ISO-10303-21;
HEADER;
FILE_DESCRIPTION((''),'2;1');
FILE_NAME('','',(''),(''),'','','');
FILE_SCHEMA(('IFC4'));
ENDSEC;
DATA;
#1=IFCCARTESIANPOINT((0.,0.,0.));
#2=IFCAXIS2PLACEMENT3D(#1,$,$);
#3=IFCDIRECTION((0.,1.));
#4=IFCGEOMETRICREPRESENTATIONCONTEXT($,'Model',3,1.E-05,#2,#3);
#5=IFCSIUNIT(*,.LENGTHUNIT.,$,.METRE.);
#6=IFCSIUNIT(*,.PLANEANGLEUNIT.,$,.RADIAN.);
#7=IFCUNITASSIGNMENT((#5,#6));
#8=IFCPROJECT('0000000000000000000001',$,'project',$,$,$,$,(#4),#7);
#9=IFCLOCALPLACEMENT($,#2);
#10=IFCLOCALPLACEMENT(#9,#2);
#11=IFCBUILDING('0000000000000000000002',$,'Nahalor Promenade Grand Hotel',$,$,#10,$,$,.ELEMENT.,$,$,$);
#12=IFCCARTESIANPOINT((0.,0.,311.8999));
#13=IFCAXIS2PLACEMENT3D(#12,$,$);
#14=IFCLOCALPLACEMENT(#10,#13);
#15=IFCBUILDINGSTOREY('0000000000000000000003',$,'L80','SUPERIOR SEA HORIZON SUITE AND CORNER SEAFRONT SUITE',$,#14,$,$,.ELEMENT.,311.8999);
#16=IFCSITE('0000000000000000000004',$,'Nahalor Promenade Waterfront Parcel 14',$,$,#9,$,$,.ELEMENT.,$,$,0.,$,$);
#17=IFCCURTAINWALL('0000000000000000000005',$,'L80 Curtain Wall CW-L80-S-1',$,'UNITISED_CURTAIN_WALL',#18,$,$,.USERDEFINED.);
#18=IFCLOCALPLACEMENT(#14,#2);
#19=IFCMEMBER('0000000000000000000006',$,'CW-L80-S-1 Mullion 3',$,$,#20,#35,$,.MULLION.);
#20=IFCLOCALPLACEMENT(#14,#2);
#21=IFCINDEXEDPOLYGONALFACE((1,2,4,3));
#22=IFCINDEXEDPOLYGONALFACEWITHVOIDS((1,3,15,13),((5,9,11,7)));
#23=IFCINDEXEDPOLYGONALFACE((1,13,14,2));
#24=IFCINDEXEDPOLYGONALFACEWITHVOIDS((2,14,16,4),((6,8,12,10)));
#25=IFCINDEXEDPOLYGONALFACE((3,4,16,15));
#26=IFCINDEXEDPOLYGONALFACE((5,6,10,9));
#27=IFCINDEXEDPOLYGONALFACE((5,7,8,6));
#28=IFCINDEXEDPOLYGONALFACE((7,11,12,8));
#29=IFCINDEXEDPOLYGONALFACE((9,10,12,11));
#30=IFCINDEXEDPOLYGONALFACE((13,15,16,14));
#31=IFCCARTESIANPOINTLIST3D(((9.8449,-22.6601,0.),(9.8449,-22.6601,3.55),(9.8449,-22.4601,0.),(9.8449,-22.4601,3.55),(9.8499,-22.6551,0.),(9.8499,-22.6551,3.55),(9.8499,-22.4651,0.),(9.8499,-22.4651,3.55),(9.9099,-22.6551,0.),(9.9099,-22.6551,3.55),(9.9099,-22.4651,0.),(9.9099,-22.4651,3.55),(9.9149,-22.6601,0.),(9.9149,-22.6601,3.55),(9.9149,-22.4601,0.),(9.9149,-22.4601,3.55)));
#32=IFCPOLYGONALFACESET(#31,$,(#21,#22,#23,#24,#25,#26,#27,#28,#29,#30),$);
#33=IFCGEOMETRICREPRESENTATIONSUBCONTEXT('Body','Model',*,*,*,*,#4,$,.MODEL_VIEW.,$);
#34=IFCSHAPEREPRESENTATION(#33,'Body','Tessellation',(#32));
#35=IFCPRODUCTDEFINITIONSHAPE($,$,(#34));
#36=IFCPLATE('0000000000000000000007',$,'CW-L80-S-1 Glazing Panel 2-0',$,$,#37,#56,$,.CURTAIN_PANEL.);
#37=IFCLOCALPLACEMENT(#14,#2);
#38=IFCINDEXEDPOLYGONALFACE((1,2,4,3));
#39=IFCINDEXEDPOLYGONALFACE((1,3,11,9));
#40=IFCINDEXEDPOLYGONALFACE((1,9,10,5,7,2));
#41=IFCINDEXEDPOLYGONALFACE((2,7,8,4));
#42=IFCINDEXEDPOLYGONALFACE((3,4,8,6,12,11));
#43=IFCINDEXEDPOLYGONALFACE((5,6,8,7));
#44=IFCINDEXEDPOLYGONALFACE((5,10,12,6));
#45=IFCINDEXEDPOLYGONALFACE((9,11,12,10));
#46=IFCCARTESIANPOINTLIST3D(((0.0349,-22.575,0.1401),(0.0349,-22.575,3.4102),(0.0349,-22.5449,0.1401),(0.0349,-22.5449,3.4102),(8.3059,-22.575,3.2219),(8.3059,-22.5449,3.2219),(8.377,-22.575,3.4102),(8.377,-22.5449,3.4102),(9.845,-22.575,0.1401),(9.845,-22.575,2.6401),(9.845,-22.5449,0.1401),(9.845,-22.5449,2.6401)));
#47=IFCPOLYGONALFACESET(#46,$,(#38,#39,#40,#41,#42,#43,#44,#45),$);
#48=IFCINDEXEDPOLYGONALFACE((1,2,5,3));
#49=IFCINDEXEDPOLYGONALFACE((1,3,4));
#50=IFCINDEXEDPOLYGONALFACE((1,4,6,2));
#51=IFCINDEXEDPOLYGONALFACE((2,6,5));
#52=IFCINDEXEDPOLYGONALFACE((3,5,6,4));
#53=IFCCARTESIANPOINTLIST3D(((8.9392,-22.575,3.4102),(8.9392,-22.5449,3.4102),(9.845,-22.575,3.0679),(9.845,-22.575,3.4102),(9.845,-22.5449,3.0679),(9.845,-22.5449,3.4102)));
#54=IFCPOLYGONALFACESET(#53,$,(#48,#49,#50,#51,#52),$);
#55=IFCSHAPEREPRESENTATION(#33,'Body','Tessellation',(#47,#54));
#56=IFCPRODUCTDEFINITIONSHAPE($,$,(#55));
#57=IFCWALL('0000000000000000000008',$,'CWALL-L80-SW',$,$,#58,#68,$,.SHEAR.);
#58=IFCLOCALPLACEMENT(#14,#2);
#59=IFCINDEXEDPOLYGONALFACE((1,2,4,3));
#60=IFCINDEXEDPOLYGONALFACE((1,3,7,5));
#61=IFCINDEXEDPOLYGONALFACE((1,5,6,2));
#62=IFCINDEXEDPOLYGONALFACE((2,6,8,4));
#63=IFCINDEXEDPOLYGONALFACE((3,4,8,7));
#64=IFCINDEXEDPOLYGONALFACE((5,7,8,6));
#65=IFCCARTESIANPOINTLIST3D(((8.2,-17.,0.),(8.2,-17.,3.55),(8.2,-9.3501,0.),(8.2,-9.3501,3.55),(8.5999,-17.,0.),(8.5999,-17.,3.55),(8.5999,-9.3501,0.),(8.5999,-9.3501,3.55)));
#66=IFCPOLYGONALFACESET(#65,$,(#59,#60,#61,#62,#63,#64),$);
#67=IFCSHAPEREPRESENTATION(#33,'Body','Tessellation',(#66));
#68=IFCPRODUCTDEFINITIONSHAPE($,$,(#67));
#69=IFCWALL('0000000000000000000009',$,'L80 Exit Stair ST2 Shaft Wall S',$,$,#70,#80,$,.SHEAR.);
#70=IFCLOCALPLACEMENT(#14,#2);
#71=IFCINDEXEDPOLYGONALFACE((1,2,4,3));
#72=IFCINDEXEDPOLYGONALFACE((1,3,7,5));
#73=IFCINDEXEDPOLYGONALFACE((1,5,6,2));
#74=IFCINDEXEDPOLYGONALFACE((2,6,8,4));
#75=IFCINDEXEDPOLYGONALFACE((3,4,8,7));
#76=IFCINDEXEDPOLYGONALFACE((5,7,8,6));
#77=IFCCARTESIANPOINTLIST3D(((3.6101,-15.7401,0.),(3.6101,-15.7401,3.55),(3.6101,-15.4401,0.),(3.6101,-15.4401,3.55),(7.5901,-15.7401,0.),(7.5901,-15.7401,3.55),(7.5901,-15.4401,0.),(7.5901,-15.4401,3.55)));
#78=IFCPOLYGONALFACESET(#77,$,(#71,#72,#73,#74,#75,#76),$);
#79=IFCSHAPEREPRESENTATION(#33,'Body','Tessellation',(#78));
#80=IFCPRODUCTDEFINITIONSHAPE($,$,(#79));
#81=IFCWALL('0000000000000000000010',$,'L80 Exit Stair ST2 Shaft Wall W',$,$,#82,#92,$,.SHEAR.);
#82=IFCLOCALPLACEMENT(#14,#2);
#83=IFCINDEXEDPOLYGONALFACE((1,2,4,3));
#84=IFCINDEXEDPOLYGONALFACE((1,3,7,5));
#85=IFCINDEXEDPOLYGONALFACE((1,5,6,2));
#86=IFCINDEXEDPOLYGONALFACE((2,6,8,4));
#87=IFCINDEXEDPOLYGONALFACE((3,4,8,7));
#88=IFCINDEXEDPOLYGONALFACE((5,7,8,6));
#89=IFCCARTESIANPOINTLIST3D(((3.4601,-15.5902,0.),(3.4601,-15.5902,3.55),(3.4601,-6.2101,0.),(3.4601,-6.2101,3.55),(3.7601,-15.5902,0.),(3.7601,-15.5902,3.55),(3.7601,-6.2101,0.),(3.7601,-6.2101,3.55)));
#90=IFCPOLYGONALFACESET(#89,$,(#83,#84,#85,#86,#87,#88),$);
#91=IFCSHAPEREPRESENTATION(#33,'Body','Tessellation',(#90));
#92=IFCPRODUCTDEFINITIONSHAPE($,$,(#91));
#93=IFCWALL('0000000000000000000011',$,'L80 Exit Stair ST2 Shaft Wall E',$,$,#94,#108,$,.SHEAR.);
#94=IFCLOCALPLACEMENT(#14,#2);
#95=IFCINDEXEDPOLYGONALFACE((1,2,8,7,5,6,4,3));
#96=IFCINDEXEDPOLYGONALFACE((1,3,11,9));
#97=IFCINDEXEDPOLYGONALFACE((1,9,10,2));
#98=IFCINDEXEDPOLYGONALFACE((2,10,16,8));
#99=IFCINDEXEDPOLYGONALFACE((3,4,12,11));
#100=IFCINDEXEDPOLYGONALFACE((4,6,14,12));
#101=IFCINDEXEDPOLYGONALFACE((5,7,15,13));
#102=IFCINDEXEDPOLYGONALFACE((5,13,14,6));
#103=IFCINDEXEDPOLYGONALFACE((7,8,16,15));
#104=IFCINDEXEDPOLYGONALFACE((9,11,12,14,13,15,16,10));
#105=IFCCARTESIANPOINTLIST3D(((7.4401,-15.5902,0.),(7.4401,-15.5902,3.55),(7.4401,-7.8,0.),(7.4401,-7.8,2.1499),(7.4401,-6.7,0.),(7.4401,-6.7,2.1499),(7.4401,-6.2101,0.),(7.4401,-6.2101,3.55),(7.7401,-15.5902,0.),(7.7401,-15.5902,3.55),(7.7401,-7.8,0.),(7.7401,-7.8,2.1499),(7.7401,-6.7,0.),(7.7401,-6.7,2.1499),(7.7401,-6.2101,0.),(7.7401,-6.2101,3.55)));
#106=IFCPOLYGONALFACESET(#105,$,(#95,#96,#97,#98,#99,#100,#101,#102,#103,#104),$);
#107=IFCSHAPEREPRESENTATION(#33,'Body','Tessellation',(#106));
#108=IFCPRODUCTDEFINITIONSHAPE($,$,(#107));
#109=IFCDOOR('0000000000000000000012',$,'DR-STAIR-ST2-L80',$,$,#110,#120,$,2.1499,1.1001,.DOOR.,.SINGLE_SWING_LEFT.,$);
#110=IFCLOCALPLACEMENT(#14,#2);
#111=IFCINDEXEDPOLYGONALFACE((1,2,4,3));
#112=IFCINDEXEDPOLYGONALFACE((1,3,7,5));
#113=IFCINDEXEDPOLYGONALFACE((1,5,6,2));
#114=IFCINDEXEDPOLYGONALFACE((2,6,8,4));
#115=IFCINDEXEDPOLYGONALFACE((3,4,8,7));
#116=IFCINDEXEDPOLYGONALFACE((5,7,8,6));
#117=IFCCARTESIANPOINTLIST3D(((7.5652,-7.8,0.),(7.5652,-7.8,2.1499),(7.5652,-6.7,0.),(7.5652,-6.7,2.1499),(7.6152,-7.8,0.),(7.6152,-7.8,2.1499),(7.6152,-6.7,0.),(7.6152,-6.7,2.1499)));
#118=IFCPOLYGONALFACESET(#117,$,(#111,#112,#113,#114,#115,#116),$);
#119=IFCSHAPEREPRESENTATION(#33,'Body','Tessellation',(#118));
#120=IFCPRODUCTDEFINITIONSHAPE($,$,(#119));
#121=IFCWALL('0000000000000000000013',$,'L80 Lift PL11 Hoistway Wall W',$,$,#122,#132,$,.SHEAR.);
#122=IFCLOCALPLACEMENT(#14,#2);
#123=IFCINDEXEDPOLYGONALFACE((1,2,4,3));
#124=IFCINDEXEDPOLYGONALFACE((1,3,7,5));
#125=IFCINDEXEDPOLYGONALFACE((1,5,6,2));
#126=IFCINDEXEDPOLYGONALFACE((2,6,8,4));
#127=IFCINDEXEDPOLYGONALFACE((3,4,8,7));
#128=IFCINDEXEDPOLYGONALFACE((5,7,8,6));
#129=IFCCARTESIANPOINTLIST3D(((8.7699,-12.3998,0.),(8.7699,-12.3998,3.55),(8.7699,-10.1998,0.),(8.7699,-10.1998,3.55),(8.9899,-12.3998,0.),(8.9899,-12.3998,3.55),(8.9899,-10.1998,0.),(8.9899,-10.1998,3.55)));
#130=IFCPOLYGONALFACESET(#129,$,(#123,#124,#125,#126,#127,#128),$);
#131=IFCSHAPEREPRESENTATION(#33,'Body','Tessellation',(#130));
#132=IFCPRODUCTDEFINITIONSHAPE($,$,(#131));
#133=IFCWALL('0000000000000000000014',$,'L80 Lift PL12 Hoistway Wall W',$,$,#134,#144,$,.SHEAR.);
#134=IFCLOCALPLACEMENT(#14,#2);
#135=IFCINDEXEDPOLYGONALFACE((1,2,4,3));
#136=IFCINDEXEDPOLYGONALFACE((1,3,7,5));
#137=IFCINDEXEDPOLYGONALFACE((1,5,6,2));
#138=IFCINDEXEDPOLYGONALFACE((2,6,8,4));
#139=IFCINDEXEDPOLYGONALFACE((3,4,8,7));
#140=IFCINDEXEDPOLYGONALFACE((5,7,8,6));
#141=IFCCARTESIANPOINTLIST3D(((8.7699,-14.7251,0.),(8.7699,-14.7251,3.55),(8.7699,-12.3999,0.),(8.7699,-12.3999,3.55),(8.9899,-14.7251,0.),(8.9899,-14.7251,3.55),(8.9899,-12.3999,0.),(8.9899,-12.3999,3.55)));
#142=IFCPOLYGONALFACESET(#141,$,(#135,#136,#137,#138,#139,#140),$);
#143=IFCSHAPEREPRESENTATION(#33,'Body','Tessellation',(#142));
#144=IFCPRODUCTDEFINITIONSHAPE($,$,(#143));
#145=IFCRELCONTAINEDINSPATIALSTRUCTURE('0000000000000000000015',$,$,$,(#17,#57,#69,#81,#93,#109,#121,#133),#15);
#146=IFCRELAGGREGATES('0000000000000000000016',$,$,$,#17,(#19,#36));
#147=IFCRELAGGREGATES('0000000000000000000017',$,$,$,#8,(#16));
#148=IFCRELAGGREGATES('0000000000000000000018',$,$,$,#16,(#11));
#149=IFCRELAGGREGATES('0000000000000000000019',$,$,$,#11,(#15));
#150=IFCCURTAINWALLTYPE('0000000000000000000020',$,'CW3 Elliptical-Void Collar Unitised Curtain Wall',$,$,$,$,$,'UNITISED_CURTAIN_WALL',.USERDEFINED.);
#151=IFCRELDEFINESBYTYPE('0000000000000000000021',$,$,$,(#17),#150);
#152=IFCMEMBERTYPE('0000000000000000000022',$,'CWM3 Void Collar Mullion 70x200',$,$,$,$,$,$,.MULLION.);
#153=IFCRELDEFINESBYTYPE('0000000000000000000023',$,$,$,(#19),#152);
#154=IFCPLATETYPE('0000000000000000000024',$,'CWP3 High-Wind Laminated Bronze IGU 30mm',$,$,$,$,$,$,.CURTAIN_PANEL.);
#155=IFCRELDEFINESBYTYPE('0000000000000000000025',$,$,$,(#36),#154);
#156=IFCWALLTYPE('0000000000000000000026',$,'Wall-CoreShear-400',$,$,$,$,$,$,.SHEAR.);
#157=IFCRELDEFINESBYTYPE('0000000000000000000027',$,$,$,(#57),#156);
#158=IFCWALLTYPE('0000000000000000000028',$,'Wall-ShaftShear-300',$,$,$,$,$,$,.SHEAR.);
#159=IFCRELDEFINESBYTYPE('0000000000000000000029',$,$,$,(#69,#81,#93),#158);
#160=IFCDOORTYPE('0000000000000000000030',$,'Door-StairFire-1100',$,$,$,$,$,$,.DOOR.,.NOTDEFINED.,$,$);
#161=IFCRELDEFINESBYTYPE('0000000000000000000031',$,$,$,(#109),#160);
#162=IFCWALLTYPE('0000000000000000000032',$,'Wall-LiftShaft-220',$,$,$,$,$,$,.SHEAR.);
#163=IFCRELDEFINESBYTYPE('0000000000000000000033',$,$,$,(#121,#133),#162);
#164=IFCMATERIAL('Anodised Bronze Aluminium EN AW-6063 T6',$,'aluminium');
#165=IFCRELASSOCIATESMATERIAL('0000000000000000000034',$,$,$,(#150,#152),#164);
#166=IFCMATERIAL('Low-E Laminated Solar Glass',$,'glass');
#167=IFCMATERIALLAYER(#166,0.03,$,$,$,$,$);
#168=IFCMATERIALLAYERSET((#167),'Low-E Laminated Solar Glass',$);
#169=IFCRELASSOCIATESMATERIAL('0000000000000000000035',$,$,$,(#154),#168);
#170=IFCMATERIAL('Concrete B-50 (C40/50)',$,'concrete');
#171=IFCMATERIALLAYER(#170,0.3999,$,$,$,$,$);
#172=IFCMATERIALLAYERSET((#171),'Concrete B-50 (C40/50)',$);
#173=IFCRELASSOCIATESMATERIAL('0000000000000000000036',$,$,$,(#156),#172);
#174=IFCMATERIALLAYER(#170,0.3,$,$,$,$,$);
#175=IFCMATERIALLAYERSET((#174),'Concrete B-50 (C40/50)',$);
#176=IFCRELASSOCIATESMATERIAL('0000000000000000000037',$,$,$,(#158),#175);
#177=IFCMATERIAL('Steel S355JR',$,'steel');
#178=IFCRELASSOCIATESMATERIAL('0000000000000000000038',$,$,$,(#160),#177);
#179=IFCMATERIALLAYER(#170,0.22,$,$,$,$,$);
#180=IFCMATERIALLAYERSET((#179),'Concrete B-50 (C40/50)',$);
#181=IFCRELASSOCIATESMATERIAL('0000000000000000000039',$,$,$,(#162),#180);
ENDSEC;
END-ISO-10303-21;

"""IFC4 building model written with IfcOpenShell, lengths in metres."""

from ifc_helpers import new_model, si_unit, direction, frame, frame_2d, origin, origin_2d, place, context, subcontext, project, spatial, polyline, rectangle, hollow_rectangle, outline, extrude, source, transform, mapped, material, layer, layer_set, material_profile, profile_set, type_object, element, fill, aggregate, save


model = new_model("IFC4")

# Units and contexts
model_context = context("Model", 3, precision=1e-05, world=origin(), true_north=direction((0.0, 1.0)))
body_context = subcontext(model_context, "Body", "Model", "MODEL_VIEW")
ifc_project = project(units=[si_unit("LENGTHUNIT", "METRE"), si_unit("PLANEANGLEUNIT", "RADIAN")], contexts=[model_context])

# Site, building, storey
site_placement = place(None, origin())
site = spatial("IfcSite", under=ifc_project, at=site_placement, Name="Nahalor Promenade Waterfront Parcel 14", CompositionType="ELEMENT", RefElevation=0.0)
building_placement = place(site_placement, origin())
building = spatial("IfcBuilding", under=site, at=building_placement, Name="Nahalor Promenade Grand Hotel", CompositionType="ELEMENT")
storey_placement = place(building_placement, frame((0.0, 0.0, 311.8999)))
storey = spatial("IfcBuildingStorey", under=building, at=storey_placement, Name="L80", Description="SUPERIOR SEA HORIZON SUITE AND CORNER SEAFRONT SUITE", CompositionType="ELEMENT", Elevation=311.8999)

# Shared definitions
ifc_material_1 = material(Name="Concrete B-50 (C40/50)", Category="concrete")
ifc_material_2 = material(Name="Steel S355JR", Category="steel")

# Curtain wall, member, plate
ifc_material_3 = material(Name="Anodised Bronze Aluminium EN AW-6063 T6", Category="aluminium")
curtain_wall_type = type_object("IfcCurtainWallType", Name="CW3 Elliptical-Void Collar Unitised Curtain Wall", ElementType="UNITISED_CURTAIN_WALL", PredefinedType="USERDEFINED", material=ifc_material_3)
curtain_wall_placement = place(storey_placement, origin())
curtain_wall = element("IfcCurtainWall", 1, at=curtain_wall_placement, inside=storey, type_object=curtain_wall_type, Name="L80 Curtain Wall CW-L80-S-1", ObjectType="UNITISED_CURTAIN_WALL", PredefinedType="USERDEFINED")
ifc_material_profile_1 = material_profile(ifc_material_3, hollow_rectangle(XDim=0.07, YDim=0.2, WallThickness=0.005, at=origin_2d()), Name="CWM 70x200x5")
ifc_profile_set_1 = profile_set([ifc_material_profile_1], Name="Anodised Bronze Aluminium EN AW-6063 T6")
member_type_1 = type_object("IfcMemberType", Name="CWM3 Void Collar Mullion 70x200", PredefinedType="MULLION", material=ifc_profile_set_1)
shared_shape_1 = source(origin(), body_context, "Body", "SweptSolid", [
    extrude(hollow_rectangle(XDim=0.07, YDim=0.2, WallThickness=0.005, at=origin_2d()), origin(), (0.0, 0.0, 1.0), 3.55),
])
member_1_placement = place(storey_placement, frame((9.8799, -22.5601, 0.0), z_axis=(0.0, 0.0, 1.0), x_axis=(1.0, 0.0, 0.0)))
member_1 = element("IfcMember", 2, at=member_1_placement, type_object=member_type_1, Name="CW-L80-S-1 Mullion 3", PredefinedType="MULLION", context=body_context, shape_type="MappedRepresentation", body=[
    mapped(shared_shape_1, transform((0.0, 0.0, 0.0), scale=1.0)),
])
ifc_material_4 = material(Name="Low-E Laminated Solar Glass", Category="glass")
ifc_layer_1 = layer(ifc_material_4, 0.03)
ifc_layer_set_1 = layer_set([ifc_layer_1], Name="Low-E Laminated Solar Glass")
plate_type = type_object("IfcPlateType", Name="CWP3 High-Wind Laminated Bronze IGU 30mm", PredefinedType="CURTAIN_PANEL", material=ifc_layer_set_1)
plate_placement = place(storey_placement, frame((4.9399, -22.5601, 0.1401), z_axis=(0.0, 0.0, 1.0), x_axis=(1.0, 0.0, 0.0)))
plate = element("IfcPlate", 3, at=plate_placement, type_object=plate_type, Name="CW-L80-S-1 Glazing Panel 2-0", PredefinedType="CURTAIN_PANEL", context=body_context, shape_type="SweptSolid", body=[
    extrude(outline(polyline([(-4.905, 0.0), (4.905, 0.0), (4.905, 2.5), (3.366, 3.0818), (3.437, 3.27), (-4.905, 3.27), (-4.905, 0.0)])), frame((0.0, 0.0151, 0.0), z_axis=(0.0, -1.0, 0.0), x_axis=(1.0, 0.0, 0.0)), (0.0, 0.0, 1.0), 0.03),
    extrude(outline(polyline([(4.905, 2.9277), (4.905, 3.27), (3.9993, 3.27), (4.905, 2.9277)])), frame((0.0, 0.0151, 0.0), z_axis=(0.0, -1.0, 0.0), x_axis=(1.0, 0.0, 0.0)), (0.0, 0.0, 1.0), 0.03),
])
aggregate(curtain_wall, [member_1, plate])

# Walls
ifc_layer_2 = layer(ifc_material_1, 0.3999)
ifc_layer_set_2 = layer_set([ifc_layer_2], Name="Concrete B-50 (C40/50)")
wall_type_1 = type_object("IfcWallType", Name="Wall-CoreShear-400", PredefinedType="SHEAR", material=ifc_layer_set_2)
shared_shape_2 = source(origin(), body_context, "Body", "SweptSolid", [
    extrude(rectangle(XDim=7.6499, YDim=0.3999, at=frame_2d((3.825, 0.0))), origin(), (0.0, 0.0, 1.0), 3.55),
])
wall_1_placement = place(storey_placement, frame((8.3999, -17.0, 0.0), z_axis=(0.0, 0.0, 1.0), x_axis=(0.0, 1.0, 0.0)))
element("IfcWall", 4, at=wall_1_placement, inside=storey, type_object=wall_type_1, Name="CWALL-L80-SW", PredefinedType="SHEAR", context=body_context, shape_type="MappedRepresentation", body=[
    mapped(shared_shape_2, transform((0.0, 0.0, 0.0), scale=1.0)),
])
ifc_layer_3 = layer(ifc_material_1, 0.3)
ifc_layer_set_3 = layer_set([ifc_layer_3], Name="Concrete B-50 (C40/50)")
wall_type_2 = type_object("IfcWallType", Name="Wall-ShaftShear-300", PredefinedType="SHEAR", material=ifc_layer_set_3)
shared_shape_3 = source(origin(), body_context, "Body", "SweptSolid", [
    extrude(rectangle(XDim=3.98, YDim=0.3, at=frame_2d((1.99, 0.0))), origin(), (0.0, 0.0, 1.0), 3.55),
])
wall_2_placement = place(storey_placement, frame((3.6101, -15.5901, 0.0), z_axis=(0.0, 0.0, 1.0), x_axis=(1.0, 0.0, 0.0)))
element("IfcWall", 5, at=wall_2_placement, inside=storey, type_object=wall_type_2, Name="L80 Exit Stair ST2 Shaft Wall S", PredefinedType="SHEAR", context=body_context, shape_type="MappedRepresentation", body=[
    mapped(shared_shape_3, transform((0.0, 0.0, 0.0), scale=1.0)),
])
shared_shape_4 = source(origin(), body_context, "Body", "SweptSolid", [
    extrude(rectangle(XDim=9.3801, YDim=0.3, at=frame_2d((4.6899, 0.0))), origin(), (0.0, 0.0, 1.0), 3.55),
])
wall_3_placement = place(storey_placement, frame((3.6101, -15.5901, 0.0), z_axis=(0.0, 0.0, 1.0), x_axis=(0.0, 1.0, 0.0)))
element("IfcWall", 6, at=wall_3_placement, inside=storey, type_object=wall_type_2, Name="L80 Exit Stair ST2 Shaft Wall W", PredefinedType="SHEAR", context=body_context, shape_type="MappedRepresentation", body=[
    mapped(shared_shape_4, transform((0.0, 0.0, 0.0), scale=1.0)),
])

# Wall, opening, door
wall_4_placement = place(storey_placement, frame((7.5901, -15.5901, 0.0), z_axis=(0.0, 0.0, 1.0), x_axis=(0.0, 1.0, 0.0)))
wall_4 = element("IfcWall", 7, at=wall_4_placement, inside=storey, type_object=wall_type_2, Name="L80 Exit Stair ST2 Shaft Wall E", PredefinedType="SHEAR", context=body_context, shape_type="MappedRepresentation", body=[
    mapped(shared_shape_4, transform((0.0, 0.0, 0.0), scale=1.0)),
])
opening_1_placement = place(wall_4_placement, frame((7.79, 0.0, 0.0)))
opening_1 = element("IfcOpeningElement", 8, at=opening_1_placement, cuts=wall_4, PredefinedType="OPENING", context=body_context, shape_type="SweptSolid", body=[
    extrude(rectangle(XDim=1.1001, YDim=2.1499, at=frame_2d((0.55, 1.075))), frame((0.0, 0.1599, 0.0), z_axis=(0.0, -1.0, 0.0), x_axis=(1.0, 0.0, 0.0)), (0.0, 0.0, 1.0), 0.3201),
])
door_type_1 = type_object("IfcDoorType", Name="Door-StairFire-1100", OperationType="NOTDEFINED", PredefinedType="DOOR", material=ifc_material_2)
shared_shape_5 = source(origin(), body_context, "Body", "SweptSolid", [
    extrude(rectangle(XDim=1.1001, YDim=2.1499, at=frame_2d((0.55, 1.075))), frame((0.0, 0.0249, 0.0), z_axis=(0.0, -1.0, 0.0), x_axis=(1.0, 0.0, 0.0)), (0.0, 0.0, 1.0), 0.05),
])
door_1_placement = place(opening_1_placement, origin())
door_1 = element("IfcDoor", 9, at=door_1_placement, inside=storey, type_object=door_type_1, Name="DR-STAIR-ST2-L80", OperationType="SINGLE_SWING_LEFT", OverallHeight=2.1499, OverallWidth=1.1001, PredefinedType="DOOR", context=body_context, shape_type="MappedRepresentation", body=[
    mapped(shared_shape_5, transform((0.0, 0.0, 0.0), scale=1.0)),
])
fill(opening_1, door_1)

# Walls
ifc_layer_4 = layer(ifc_material_1, 0.22)
ifc_layer_set_4 = layer_set([ifc_layer_4], Name="Concrete B-50 (C40/50)")
wall_type_3 = type_object("IfcWallType", Name="Wall-LiftShaft-220", PredefinedType="SHEAR", material=ifc_layer_set_4)
shared_shape_6 = source(origin(), body_context, "Body", "SweptSolid", [
    extrude(rectangle(XDim=2.2, YDim=0.22, at=frame_2d((1.1001, 0.0))), origin(), (0.0, 0.0, 1.0), 3.55),
])
wall_5_placement = place(storey_placement, frame((8.8799, -12.3999, 0.0), z_axis=(0.0, 0.0, 1.0), x_axis=(0.0, 1.0, 0.0)))
element("IfcWall", 10, at=wall_5_placement, inside=storey, type_object=wall_type_3, Name="L80 Lift PL11 Hoistway Wall W", PredefinedType="SHEAR", context=body_context, shape_type="MappedRepresentation", body=[
    mapped(shared_shape_6, transform((0.0, 0.0, 0.0), scale=1.0)),
])
shared_shape_7 = source(origin(), body_context, "Body", "SweptSolid", [
    extrude(rectangle(XDim=2.3252, YDim=0.22, at=frame_2d((1.1626, 0.0))), origin(), (0.0, 0.0, 1.0), 3.55),
])
wall_6_placement = place(storey_placement, frame((8.8799, -14.7251, 0.0), z_axis=(0.0, 0.0, 1.0), x_axis=(0.0, 1.0, 0.0)))
element("IfcWall", 11, at=wall_6_placement, inside=storey, type_object=wall_type_3, Name="L80 Lift PL12 Hoistway Wall W", PredefinedType="SHEAR", context=body_context, shape_type="MappedRepresentation", body=[
    mapped(shared_shape_7, transform((0.0, 0.0, 0.0), scale=1.0)),
])

save(model, "model.ifc")
